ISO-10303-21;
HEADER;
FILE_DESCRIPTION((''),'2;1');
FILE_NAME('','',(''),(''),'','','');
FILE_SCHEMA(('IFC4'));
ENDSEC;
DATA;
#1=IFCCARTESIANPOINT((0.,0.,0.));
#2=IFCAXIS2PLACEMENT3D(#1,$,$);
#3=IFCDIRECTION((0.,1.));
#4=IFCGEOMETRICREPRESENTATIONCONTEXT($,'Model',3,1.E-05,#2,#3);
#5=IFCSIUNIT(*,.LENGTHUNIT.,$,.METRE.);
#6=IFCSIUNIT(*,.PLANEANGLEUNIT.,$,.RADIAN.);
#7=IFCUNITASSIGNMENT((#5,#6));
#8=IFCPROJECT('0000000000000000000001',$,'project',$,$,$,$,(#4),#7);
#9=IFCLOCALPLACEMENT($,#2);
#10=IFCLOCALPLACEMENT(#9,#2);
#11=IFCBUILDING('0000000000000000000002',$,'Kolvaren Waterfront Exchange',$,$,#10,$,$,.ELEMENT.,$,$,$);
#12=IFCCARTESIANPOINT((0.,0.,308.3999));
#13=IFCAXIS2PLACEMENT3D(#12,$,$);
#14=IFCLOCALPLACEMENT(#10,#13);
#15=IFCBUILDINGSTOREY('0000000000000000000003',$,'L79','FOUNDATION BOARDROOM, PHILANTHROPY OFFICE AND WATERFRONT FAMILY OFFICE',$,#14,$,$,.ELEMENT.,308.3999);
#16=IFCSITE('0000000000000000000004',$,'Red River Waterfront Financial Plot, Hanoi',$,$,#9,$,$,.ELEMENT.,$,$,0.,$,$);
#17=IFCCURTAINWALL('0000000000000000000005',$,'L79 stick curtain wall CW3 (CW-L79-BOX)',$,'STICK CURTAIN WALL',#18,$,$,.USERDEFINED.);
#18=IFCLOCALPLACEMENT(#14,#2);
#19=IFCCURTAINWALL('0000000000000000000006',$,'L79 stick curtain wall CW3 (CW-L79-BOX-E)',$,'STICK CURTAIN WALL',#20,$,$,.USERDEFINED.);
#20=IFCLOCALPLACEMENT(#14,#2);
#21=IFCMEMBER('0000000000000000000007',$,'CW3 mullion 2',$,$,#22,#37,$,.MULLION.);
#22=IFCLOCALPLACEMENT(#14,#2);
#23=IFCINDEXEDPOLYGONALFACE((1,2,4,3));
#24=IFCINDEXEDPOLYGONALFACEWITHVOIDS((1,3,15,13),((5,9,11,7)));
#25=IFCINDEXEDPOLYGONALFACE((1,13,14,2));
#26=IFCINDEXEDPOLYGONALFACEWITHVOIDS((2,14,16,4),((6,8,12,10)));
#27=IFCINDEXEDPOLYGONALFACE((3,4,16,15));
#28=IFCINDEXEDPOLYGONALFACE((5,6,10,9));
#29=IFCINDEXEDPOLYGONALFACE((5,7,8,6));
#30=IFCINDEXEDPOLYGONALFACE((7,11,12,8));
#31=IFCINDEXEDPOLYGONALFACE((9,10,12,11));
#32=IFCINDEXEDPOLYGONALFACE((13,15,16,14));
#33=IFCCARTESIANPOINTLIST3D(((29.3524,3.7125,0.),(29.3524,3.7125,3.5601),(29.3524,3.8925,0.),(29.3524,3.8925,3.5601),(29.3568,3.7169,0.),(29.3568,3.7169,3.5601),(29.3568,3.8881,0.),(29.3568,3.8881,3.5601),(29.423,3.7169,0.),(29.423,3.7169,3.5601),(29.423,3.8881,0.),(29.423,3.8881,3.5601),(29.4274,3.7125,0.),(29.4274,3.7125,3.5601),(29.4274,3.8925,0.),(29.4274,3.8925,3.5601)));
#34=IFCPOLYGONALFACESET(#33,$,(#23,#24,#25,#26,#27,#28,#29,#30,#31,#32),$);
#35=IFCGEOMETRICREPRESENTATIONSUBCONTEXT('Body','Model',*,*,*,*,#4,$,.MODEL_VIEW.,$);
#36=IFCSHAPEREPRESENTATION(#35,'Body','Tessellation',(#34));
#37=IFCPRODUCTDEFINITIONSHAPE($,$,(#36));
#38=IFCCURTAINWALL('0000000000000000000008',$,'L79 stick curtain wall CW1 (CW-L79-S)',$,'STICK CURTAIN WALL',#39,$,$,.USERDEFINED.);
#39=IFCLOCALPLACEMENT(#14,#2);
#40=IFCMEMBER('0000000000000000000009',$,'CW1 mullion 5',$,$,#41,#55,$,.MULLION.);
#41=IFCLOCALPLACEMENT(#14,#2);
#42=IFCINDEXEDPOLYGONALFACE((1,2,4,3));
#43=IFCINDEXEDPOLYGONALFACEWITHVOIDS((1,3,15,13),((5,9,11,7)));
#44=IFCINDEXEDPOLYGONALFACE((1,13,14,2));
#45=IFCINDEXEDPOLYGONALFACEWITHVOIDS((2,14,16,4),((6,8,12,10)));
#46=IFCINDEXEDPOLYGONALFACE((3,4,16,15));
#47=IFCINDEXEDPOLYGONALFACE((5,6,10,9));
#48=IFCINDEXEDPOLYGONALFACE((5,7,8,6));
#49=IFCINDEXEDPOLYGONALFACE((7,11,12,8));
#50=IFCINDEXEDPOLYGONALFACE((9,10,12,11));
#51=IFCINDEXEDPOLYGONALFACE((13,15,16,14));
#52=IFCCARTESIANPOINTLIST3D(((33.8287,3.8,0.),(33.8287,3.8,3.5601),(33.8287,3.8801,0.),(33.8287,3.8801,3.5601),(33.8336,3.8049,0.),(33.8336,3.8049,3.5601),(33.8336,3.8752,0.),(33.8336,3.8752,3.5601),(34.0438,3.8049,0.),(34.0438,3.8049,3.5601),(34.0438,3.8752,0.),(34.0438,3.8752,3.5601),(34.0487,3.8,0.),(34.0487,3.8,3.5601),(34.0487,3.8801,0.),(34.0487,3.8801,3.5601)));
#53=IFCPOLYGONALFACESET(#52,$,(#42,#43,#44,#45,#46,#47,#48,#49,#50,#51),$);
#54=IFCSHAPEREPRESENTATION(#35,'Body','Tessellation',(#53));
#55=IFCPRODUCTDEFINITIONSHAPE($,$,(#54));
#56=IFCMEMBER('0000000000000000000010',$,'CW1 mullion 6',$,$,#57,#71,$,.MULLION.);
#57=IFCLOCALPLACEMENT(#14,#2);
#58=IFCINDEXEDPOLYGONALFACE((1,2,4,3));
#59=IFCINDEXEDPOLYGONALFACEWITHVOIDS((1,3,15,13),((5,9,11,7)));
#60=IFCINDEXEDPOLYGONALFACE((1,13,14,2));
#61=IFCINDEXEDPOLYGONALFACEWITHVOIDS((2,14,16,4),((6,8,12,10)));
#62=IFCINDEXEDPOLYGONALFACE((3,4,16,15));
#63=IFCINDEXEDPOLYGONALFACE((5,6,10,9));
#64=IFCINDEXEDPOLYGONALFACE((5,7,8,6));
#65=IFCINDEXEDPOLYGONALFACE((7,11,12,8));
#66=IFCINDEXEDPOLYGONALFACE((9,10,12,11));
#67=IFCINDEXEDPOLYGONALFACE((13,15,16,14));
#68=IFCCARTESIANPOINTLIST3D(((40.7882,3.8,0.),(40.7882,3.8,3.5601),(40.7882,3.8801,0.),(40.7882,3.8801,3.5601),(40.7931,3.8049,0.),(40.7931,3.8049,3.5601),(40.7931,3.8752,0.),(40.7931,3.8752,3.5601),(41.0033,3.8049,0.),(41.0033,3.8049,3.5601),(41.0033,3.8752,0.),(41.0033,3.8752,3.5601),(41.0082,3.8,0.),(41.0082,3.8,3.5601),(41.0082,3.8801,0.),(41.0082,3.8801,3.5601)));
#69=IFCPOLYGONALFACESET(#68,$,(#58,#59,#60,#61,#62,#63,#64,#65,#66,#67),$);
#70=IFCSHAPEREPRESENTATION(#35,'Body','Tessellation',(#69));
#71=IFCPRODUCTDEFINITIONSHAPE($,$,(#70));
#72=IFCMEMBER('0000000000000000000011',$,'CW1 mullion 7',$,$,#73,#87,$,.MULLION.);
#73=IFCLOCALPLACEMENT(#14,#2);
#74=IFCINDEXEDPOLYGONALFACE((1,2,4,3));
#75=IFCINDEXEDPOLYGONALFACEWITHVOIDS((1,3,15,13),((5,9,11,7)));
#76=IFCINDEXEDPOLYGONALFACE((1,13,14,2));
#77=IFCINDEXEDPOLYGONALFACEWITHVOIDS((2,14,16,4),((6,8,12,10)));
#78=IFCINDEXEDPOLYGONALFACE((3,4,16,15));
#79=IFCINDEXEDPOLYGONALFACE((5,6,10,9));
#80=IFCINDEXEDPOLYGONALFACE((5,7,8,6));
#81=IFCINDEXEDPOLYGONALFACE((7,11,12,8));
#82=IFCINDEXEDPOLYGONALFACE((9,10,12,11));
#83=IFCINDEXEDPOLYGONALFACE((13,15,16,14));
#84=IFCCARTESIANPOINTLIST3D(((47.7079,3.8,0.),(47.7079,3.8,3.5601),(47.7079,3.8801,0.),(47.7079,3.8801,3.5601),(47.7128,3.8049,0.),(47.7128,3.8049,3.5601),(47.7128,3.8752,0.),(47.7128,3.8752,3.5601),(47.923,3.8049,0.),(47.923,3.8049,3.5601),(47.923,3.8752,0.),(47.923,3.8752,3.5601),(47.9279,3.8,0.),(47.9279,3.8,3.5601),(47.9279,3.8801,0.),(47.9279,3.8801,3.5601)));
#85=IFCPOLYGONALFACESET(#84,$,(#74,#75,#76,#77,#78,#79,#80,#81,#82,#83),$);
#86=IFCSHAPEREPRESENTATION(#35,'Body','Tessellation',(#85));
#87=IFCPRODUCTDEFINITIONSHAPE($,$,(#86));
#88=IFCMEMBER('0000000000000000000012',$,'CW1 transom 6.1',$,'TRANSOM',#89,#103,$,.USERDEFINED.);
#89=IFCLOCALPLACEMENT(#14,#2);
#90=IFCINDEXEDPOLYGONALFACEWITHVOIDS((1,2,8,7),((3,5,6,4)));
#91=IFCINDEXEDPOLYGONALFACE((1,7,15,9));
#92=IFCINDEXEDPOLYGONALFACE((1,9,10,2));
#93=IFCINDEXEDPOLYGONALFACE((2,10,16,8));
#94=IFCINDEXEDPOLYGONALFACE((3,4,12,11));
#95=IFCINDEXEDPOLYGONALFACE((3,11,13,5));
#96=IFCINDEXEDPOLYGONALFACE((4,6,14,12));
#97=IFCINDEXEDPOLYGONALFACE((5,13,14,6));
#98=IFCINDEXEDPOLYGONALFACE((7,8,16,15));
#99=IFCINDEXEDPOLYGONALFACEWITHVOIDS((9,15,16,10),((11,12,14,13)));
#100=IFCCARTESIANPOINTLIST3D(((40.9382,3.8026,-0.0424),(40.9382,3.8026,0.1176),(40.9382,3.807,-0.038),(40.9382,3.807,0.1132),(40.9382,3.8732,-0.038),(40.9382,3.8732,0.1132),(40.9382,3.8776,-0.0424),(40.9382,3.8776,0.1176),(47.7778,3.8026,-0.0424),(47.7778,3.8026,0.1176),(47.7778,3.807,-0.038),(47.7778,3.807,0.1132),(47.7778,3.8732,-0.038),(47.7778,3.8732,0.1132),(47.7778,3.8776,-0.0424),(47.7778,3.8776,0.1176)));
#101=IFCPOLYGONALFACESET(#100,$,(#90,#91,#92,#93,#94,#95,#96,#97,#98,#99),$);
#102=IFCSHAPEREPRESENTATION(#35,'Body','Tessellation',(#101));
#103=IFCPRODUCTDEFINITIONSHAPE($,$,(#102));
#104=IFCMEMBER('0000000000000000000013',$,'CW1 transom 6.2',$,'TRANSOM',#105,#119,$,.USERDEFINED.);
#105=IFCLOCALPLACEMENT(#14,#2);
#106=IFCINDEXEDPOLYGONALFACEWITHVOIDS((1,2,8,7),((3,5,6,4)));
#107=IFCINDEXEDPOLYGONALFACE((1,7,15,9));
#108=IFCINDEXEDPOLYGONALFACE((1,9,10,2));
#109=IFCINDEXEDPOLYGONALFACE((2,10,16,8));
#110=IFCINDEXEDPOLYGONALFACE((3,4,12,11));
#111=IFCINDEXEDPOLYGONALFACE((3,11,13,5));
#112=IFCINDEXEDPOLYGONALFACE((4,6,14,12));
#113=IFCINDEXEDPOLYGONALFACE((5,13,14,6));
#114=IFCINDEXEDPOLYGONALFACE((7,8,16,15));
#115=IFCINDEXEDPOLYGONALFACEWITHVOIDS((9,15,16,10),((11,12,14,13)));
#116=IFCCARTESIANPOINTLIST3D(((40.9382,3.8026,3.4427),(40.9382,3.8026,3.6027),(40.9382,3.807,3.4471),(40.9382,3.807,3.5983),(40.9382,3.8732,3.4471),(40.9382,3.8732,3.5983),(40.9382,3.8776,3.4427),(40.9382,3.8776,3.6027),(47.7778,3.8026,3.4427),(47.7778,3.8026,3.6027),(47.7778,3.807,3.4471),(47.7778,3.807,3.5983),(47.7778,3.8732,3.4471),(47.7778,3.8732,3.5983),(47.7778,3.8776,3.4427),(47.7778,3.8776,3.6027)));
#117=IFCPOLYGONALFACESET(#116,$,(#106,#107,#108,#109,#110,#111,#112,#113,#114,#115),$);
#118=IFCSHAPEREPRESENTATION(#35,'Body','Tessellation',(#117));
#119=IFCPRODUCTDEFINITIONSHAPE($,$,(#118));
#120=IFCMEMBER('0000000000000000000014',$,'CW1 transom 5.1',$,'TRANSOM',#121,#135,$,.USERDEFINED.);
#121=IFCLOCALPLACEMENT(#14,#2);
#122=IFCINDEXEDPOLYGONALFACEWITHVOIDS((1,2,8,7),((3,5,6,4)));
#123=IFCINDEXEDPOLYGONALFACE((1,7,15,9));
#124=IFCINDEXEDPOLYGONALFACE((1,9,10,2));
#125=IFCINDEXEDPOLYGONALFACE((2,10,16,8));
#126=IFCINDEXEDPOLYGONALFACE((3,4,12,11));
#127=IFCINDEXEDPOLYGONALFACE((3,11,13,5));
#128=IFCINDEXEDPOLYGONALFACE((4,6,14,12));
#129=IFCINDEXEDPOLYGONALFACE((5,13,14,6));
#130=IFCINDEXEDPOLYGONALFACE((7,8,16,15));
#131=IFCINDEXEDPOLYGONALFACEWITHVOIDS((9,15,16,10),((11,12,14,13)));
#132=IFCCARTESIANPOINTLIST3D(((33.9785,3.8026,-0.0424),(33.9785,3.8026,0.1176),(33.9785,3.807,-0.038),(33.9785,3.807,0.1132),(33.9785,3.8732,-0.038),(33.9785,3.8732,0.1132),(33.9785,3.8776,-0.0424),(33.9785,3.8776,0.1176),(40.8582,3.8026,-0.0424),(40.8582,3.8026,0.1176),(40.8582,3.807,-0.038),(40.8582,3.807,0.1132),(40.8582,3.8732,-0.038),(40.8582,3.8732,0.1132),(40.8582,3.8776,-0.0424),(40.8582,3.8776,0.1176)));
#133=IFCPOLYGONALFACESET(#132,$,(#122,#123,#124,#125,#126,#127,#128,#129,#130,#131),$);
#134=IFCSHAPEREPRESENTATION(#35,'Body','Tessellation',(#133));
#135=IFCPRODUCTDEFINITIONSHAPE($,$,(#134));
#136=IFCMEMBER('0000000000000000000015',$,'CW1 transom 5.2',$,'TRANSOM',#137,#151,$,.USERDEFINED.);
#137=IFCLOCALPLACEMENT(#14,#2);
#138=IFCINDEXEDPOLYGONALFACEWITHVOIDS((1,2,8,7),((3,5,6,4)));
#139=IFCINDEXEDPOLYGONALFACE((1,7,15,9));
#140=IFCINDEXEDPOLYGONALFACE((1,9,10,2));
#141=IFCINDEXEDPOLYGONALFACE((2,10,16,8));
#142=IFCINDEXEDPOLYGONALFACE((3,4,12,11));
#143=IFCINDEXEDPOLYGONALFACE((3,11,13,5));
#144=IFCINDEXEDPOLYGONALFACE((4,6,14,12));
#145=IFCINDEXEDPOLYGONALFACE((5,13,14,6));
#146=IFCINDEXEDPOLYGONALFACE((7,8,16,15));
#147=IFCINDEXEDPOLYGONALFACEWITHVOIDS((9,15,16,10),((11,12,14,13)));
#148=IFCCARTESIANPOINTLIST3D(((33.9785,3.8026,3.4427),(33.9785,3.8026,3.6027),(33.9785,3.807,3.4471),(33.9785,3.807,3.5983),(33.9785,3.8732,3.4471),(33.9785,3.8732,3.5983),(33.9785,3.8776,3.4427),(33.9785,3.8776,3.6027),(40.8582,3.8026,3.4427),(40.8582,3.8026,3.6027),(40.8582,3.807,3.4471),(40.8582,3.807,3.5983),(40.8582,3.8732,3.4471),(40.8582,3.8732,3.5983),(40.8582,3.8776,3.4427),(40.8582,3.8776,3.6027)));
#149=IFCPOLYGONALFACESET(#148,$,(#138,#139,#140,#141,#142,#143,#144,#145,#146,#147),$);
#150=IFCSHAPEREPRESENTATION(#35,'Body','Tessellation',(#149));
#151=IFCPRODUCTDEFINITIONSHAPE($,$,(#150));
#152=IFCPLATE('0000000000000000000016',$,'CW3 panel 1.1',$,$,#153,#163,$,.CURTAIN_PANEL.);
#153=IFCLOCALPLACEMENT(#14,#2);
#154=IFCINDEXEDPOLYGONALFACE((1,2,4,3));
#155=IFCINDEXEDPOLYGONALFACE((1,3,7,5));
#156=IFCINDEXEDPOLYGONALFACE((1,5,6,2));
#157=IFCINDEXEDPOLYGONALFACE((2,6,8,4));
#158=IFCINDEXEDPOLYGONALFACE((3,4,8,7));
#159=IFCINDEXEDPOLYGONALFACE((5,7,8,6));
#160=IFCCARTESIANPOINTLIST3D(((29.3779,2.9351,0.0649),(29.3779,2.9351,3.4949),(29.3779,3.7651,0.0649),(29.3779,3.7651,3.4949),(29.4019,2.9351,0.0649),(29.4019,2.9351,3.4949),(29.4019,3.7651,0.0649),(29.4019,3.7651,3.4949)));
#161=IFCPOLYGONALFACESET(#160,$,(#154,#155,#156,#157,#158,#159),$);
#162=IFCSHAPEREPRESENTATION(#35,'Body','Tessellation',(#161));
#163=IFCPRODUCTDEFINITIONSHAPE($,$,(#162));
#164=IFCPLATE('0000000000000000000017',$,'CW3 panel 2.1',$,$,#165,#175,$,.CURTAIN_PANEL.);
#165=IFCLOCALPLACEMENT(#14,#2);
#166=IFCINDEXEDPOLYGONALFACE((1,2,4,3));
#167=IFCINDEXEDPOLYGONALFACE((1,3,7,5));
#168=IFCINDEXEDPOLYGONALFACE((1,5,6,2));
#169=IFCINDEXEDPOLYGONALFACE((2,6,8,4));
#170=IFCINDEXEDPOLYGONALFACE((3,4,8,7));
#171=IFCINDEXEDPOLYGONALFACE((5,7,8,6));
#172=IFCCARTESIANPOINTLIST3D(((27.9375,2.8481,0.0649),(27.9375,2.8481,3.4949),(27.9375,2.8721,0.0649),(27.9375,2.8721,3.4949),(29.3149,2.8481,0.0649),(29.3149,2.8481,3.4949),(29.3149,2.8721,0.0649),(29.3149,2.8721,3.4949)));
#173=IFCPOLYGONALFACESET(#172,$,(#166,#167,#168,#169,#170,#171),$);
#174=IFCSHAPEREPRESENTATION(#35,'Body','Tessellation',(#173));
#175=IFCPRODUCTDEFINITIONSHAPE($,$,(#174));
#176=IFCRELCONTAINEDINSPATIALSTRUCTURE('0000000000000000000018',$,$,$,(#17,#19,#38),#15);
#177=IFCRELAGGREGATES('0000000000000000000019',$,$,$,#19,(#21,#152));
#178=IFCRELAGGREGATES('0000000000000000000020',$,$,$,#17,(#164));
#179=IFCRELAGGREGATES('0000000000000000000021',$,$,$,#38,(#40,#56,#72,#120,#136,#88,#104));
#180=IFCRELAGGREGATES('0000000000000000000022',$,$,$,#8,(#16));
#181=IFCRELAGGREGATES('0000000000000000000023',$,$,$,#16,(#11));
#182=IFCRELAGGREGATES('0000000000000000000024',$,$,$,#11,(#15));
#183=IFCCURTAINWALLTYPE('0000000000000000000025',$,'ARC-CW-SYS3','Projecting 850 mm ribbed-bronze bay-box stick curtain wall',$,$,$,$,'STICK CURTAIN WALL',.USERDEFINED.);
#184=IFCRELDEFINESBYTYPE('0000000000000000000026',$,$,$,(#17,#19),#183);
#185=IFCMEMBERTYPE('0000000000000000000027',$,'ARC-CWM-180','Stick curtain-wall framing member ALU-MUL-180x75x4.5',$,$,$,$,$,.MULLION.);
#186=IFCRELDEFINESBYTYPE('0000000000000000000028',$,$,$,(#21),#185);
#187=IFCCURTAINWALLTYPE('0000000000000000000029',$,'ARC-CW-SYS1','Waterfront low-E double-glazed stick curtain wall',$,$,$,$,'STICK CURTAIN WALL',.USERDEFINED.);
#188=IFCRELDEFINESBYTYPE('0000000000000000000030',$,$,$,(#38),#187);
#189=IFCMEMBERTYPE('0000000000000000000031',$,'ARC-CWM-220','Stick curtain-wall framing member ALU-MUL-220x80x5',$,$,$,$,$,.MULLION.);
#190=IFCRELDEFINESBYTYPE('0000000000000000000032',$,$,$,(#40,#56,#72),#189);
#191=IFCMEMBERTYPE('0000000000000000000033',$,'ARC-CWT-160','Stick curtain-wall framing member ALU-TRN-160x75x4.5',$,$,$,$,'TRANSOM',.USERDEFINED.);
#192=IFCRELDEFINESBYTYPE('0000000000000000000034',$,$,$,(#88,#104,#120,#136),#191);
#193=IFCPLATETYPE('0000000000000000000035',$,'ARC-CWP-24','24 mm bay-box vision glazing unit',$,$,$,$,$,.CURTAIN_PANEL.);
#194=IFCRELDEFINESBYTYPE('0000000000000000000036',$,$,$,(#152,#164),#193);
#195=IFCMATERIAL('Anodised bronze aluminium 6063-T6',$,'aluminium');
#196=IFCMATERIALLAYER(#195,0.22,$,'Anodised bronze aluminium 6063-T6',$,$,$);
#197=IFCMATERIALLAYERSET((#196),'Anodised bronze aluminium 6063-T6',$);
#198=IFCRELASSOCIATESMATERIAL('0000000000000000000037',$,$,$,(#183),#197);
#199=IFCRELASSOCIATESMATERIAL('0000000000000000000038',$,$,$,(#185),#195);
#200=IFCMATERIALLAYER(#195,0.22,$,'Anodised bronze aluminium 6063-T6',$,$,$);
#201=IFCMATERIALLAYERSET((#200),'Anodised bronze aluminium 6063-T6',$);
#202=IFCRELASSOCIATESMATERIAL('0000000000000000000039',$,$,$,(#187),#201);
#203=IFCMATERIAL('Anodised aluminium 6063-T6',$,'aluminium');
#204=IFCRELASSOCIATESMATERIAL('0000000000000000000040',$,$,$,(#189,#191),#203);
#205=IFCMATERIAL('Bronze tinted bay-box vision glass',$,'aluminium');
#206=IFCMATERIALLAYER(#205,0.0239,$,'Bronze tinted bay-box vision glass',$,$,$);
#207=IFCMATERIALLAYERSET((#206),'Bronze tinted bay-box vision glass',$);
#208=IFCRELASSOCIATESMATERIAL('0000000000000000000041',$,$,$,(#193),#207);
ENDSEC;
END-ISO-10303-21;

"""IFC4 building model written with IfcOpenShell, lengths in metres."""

from ifc_helpers import new_model, si_unit, direction, frame, origin, origin_with_axes, origin_2d, place, context, subcontext, project, spatial, rectangle, hollow_rectangle, extrude, source, transform, mapped, material, layer, layer_set, material_profile, profile_set, type_object, element, aggregate, save


model = new_model("IFC4")

# Units and contexts
model_context = context("Model", 3, precision=1e-05, world=origin(), true_north=direction((0.0, 1.0)))
body_context = subcontext(model_context, "Body", "Model", "MODEL_VIEW")
ifc_project = project(units=[si_unit("LENGTHUNIT", "METRE"), si_unit("PLANEANGLEUNIT", "RADIAN")], contexts=[model_context])

# Site, building, storey
site_placement = place(None, origin())
site = spatial("IfcSite", under=ifc_project, at=site_placement, Name="Red River Waterfront Financial Plot, Hanoi", CompositionType="ELEMENT", RefElevation=0.0)
building_placement = place(site_placement, origin())
building = spatial("IfcBuilding", under=site, at=building_placement, Name="Kolvaren Waterfront Exchange", CompositionType="ELEMENT")
storey_placement = place(building_placement, frame((0.0, 0.0, 308.3999)))
storey = spatial("IfcBuildingStorey", under=building, at=storey_placement, Name="L79", Description="FOUNDATION BOARDROOM, PHILANTHROPY OFFICE AND WATERFRONT FAMILY OFFICE", CompositionType="ELEMENT", Elevation=308.3999)

# Curtain walls
ifc_material_1 = material(Name="Anodised bronze aluminium 6063-T6", Category="aluminium")
ifc_layer_1 = layer(ifc_material_1, 0.22, Name="Anodised bronze aluminium 6063-T6")
ifc_layer_set_1 = layer_set([ifc_layer_1], Name="Anodised bronze aluminium 6063-T6")
curtain_wall_type_1 = type_object("IfcCurtainWallType", Name="ARC-CW-SYS3", Description="Projecting 850 mm ribbed-bronze bay-box stick curtain wall", ElementType="STICK CURTAIN WALL", PredefinedType="USERDEFINED", material=ifc_layer_set_1)
curtain_wall_1_placement = place(storey_placement, origin())
curtain_wall_1 = element("IfcCurtainWall", 1, at=curtain_wall_1_placement, inside=storey, type_object=curtain_wall_type_1, Name="L79 stick curtain wall CW3 (CW-L79-BOX)", ObjectType="STICK CURTAIN WALL", PredefinedType="USERDEFINED")
curtain_wall_2_placement = place(storey_placement, origin())
curtain_wall_2 = element("IfcCurtainWall", 2, at=curtain_wall_2_placement, inside=storey, type_object=curtain_wall_type_1, Name="L79 stick curtain wall CW3 (CW-L79-BOX-E)", ObjectType="STICK CURTAIN WALL", PredefinedType="USERDEFINED")

# Member
ifc_material_profile_1 = material_profile(ifc_material_1, hollow_rectangle(XDim=0.075, YDim=0.1799, WallThickness=0.0044, at=origin_2d()), Name="ALU-MUL-180x75x4.5")
ifc_profile_set_1 = profile_set([ifc_material_profile_1], Name="Anodised bronze aluminium 6063-T6")
member_type_1 = type_object("IfcMemberType", Name="ARC-CWM-180", Description="Stick curtain-wall framing member ALU-MUL-180x75x4.5", PredefinedType="MULLION", material=ifc_profile_set_1)
shared_shape_1 = source(origin_with_axes(), body_context, "Body", "SweptSolid", [
    extrude(hollow_rectangle(XDim=0.075, YDim=0.1799, WallThickness=0.0044, at=origin_2d()), origin(), (0.0, 0.0, 1.0), 3.5601),
])
member_1_placement = place(storey_placement, frame((29.3899, 3.8025, 0.0), z_axis=(0.0, 0.0, 1.0), x_axis=(-1.0, 0.0, 0.0)))
member_1 = element("IfcMember", 3, at=member_1_placement, type_object=member_type_1, Name="CW3 mullion 2", PredefinedType="MULLION", context=body_context, shape_type="MappedRepresentation", body=[
    mapped(shared_shape_1, transform((0.0, 0.0, 0.0), x_axis=(1.0, 0.0, 0.0), y_axis=(0.0, 1.0, 0.0), z_axis=(0.0, 0.0, 1.0), scale=1.0)),
])

# Curtain wall, members
ifc_layer_2 = layer(ifc_material_1, 0.22, Name="Anodised bronze aluminium 6063-T6")
ifc_layer_set_2 = layer_set([ifc_layer_2], Name="Anodised bronze aluminium 6063-T6")
curtain_wall_type_2 = type_object("IfcCurtainWallType", Name="ARC-CW-SYS1", Description="Waterfront low-E double-glazed stick curtain wall", ElementType="STICK CURTAIN WALL", PredefinedType="USERDEFINED", material=ifc_layer_set_2)
curtain_wall_3_placement = place(storey_placement, origin())
curtain_wall_3 = element("IfcCurtainWall", 4, at=curtain_wall_3_placement, inside=storey, type_object=curtain_wall_type_2, Name="L79 stick curtain wall CW1 (CW-L79-S)", ObjectType="STICK CURTAIN WALL", PredefinedType="USERDEFINED")
ifc_material_2 = material(Name="Anodised aluminium 6063-T6", Category="aluminium")
ifc_material_profile_2 = material_profile(ifc_material_2, hollow_rectangle(XDim=0.0801, YDim=0.22, WallThickness=0.0049, at=origin_2d()), Name="ALU-MUL-220x80x5")
ifc_profile_set_2 = profile_set([ifc_material_profile_2], Name="Anodised aluminium 6063-T6")
member_type_2 = type_object("IfcMemberType", Name="ARC-CWM-220", Description="Stick curtain-wall framing member ALU-MUL-220x80x5", PredefinedType="MULLION", material=ifc_profile_set_2)
shared_shape_2 = source(origin_with_axes(), body_context, "Body", "SweptSolid", [
    extrude(hollow_rectangle(XDim=0.0801, YDim=0.22, WallThickness=0.0049, at=origin_2d()), origin(), (0.0, 0.0, 1.0), 3.5601),
])
member_2_placement = place(storey_placement, frame((33.9387, 3.8401, 0.0), z_axis=(0.0, 0.0, 1.0), x_axis=(0.0, 1.0, 0.0)))
member_2 = element("IfcMember", 5, at=member_2_placement, type_object=member_type_2, Name="CW1 mullion 5", PredefinedType="MULLION", context=body_context, shape_type="MappedRepresentation", body=[
    mapped(shared_shape_2, transform((0.0, 0.0, 0.0), x_axis=(1.0, 0.0, 0.0), y_axis=(0.0, 1.0, 0.0), z_axis=(0.0, 0.0, 1.0), scale=1.0)),
])
member_3_placement = place(storey_placement, frame((40.8982, 3.8401, 0.0), z_axis=(0.0, 0.0, 1.0), x_axis=(0.0, 1.0, 0.0)))
member_3 = element("IfcMember", 6, at=member_3_placement, type_object=member_type_2, Name="CW1 mullion 6", PredefinedType="MULLION", context=body_context, shape_type="MappedRepresentation", body=[
    mapped(shared_shape_2, transform((0.0, 0.0, 0.0), x_axis=(1.0, 0.0, 0.0), y_axis=(0.0, 1.0, 0.0), z_axis=(0.0, 0.0, 1.0), scale=1.0)),
])
member_4_placement = place(storey_placement, frame((47.8179, 3.8401, 0.0), z_axis=(0.0, 0.0, 1.0), x_axis=(0.0, 1.0, 0.0)))
member_4 = element("IfcMember", 7, at=member_4_placement, type_object=member_type_2, Name="CW1 mullion 7", PredefinedType="MULLION", context=body_context, shape_type="MappedRepresentation", body=[
    mapped(shared_shape_2, transform((0.0, 0.0, 0.0), x_axis=(1.0, 0.0, 0.0), y_axis=(0.0, 1.0, 0.0), z_axis=(0.0, 0.0, 1.0), scale=1.0)),
])
ifc_material_profile_3 = material_profile(ifc_material_2, hollow_rectangle(XDim=0.075, YDim=0.1599, WallThickness=0.0044, at=origin_2d()), Name="ALU-TRN-160x75x4.5")
ifc_profile_set_3 = profile_set([ifc_material_profile_3], Name="Anodised aluminium 6063-T6")
member_type_3 = type_object("IfcMemberType", Name="ARC-CWT-160", Description="Stick curtain-wall framing member ALU-TRN-160x75x4.5", ElementType="TRANSOM", PredefinedType="USERDEFINED", material=ifc_profile_set_3)
shared_shape_3 = source(origin_with_axes(), body_context, "Body", "SweptSolid", [
    extrude(hollow_rectangle(XDim=0.075, YDim=0.1599, WallThickness=0.0044, at=origin_2d()), origin(), (0.0, 0.0, 1.0), 6.8396),
])
member_5_placement = place(storey_placement, frame((40.9382, 3.8401, 0.0376), z_axis=(1.0, 0.0, 0.0), x_axis=(0.0, 1.0, 0.0)))
member_5 = element("IfcMember", 8, at=member_5_placement, type_object=member_type_3, Name="CW1 transom 6.1", ObjectType="TRANSOM", PredefinedType="USERDEFINED", context=body_context, shape_type="MappedRepresentation", body=[
    mapped(shared_shape_3, transform((0.0, 0.0, 0.0), x_axis=(1.0, 0.0, 0.0), y_axis=(0.0, 1.0, 0.0), z_axis=(0.0, 0.0, 1.0), scale=1.0)),
])
member_6_placement = place(storey_placement, frame((40.9382, 3.8401, 3.5227), z_axis=(1.0, 0.0, 0.0), x_axis=(0.0, 1.0, 0.0)))
member_6 = element("IfcMember", 9, at=member_6_placement, type_object=member_type_3, Name="CW1 transom 6.2", ObjectType="TRANSOM", PredefinedType="USERDEFINED", context=body_context, shape_type="MappedRepresentation", body=[
    mapped(shared_shape_3, transform((0.0, 0.0, 0.0), x_axis=(1.0, 0.0, 0.0), y_axis=(0.0, 1.0, 0.0), z_axis=(0.0, 0.0, 1.0), scale=1.0)),
])
shared_shape_4 = source(origin_with_axes(), body_context, "Body", "SweptSolid", [
    extrude(hollow_rectangle(XDim=0.075, YDim=0.1599, WallThickness=0.0044, at=origin_2d()), origin(), (0.0, 0.0, 1.0), 6.8796),
])
member_7_placement = place(storey_placement, frame((33.9785, 3.8401, 0.0376), z_axis=(1.0, 0.0, 0.0), x_axis=(0.0, 1.0, 0.0)))
member_7 = element("IfcMember", 10, at=member_7_placement, type_object=member_type_3, Name="CW1 transom 5.1", ObjectType="TRANSOM", PredefinedType="USERDEFINED", context=body_context, shape_type="MappedRepresentation", body=[
    mapped(shared_shape_4, transform((0.0, 0.0, 0.0), x_axis=(1.0, 0.0, 0.0), y_axis=(0.0, 1.0, 0.0), z_axis=(0.0, 0.0, 1.0), scale=1.0)),
])
member_8_placement = place(storey_placement, frame((33.9785, 3.8401, 3.5227), z_axis=(1.0, 0.0, 0.0), x_axis=(0.0, 1.0, 0.0)))
member_8 = element("IfcMember", 11, at=member_8_placement, type_object=member_type_3, Name="CW1 transom 5.2", ObjectType="TRANSOM", PredefinedType="USERDEFINED", context=body_context, shape_type="MappedRepresentation", body=[
    mapped(shared_shape_4, transform((0.0, 0.0, 0.0), x_axis=(1.0, 0.0, 0.0), y_axis=(0.0, 1.0, 0.0), z_axis=(0.0, 0.0, 1.0), scale=1.0)),
])

# Plates
ifc_material_3 = material(Name="Bronze tinted bay-box vision glass", Category="aluminium")
ifc_layer_3 = layer(ifc_material_3, 0.0239, Name="Bronze tinted bay-box vision glass")
ifc_layer_set_3 = layer_set([ifc_layer_3], Name="Bronze tinted bay-box vision glass")
plate_type_1 = type_object("IfcPlateType", Name="ARC-CWP-24", Description="24 mm bay-box vision glazing unit", PredefinedType="CURTAIN_PANEL", material=ifc_layer_set_3)
shared_shape_5 = source(origin_with_axes(), body_context, "Body", "SweptSolid", [
    extrude(rectangle(XDim=0.8301, YDim=0.0239, at=origin_2d()), origin(), (0.0, 0.0, 1.0), 3.4299),
])
plate_1_placement = place(storey_placement, frame((29.3899, 3.3501, 0.0649), z_axis=(0.0, 0.0, 1.0), x_axis=(0.0, 1.0, 0.0)))
plate_1 = element("IfcPlate", 12, at=plate_1_placement, type_object=plate_type_1, Name="CW3 panel 1.1", PredefinedType="CURTAIN_PANEL", context=body_context, shape_type="MappedRepresentation", body=[
    mapped(shared_shape_5, transform((0.0, 0.0, 0.0), x_axis=(1.0, 0.0, 0.0), y_axis=(0.0, 1.0, 0.0), z_axis=(0.0, 0.0, 1.0), scale=1.0)),
])
aggregate(curtain_wall_2, [member_1, plate_1])
shared_shape_6 = source(origin_with_axes(), body_context, "Body", "SweptSolid", [
    extrude(rectangle(XDim=1.3774, YDim=0.0239, at=origin_2d()), origin(), (0.0, 0.0, 1.0), 3.4299),
])
plate_2_placement = place(storey_placement, frame((28.6262, 2.8601, 0.0649), z_axis=(0.0, 0.0, 1.0), x_axis=(1.0, 0.0, 0.0)))
plate_2 = element("IfcPlate", 13, at=plate_2_placement, type_object=plate_type_1, Name="CW3 panel 2.1", PredefinedType="CURTAIN_PANEL", context=body_context, shape_type="MappedRepresentation", body=[
    mapped(shared_shape_6, transform((0.0, 0.0, 0.0), x_axis=(1.0, 0.0, 0.0), y_axis=(0.0, 1.0, 0.0), z_axis=(0.0, 0.0, 1.0), scale=1.0)),
])
aggregate(curtain_wall_1, [plate_2])
aggregate(curtain_wall_3, [member_2, member_3, member_4, member_7, member_8, member_5, member_6])

save(model, "model.ifc")
